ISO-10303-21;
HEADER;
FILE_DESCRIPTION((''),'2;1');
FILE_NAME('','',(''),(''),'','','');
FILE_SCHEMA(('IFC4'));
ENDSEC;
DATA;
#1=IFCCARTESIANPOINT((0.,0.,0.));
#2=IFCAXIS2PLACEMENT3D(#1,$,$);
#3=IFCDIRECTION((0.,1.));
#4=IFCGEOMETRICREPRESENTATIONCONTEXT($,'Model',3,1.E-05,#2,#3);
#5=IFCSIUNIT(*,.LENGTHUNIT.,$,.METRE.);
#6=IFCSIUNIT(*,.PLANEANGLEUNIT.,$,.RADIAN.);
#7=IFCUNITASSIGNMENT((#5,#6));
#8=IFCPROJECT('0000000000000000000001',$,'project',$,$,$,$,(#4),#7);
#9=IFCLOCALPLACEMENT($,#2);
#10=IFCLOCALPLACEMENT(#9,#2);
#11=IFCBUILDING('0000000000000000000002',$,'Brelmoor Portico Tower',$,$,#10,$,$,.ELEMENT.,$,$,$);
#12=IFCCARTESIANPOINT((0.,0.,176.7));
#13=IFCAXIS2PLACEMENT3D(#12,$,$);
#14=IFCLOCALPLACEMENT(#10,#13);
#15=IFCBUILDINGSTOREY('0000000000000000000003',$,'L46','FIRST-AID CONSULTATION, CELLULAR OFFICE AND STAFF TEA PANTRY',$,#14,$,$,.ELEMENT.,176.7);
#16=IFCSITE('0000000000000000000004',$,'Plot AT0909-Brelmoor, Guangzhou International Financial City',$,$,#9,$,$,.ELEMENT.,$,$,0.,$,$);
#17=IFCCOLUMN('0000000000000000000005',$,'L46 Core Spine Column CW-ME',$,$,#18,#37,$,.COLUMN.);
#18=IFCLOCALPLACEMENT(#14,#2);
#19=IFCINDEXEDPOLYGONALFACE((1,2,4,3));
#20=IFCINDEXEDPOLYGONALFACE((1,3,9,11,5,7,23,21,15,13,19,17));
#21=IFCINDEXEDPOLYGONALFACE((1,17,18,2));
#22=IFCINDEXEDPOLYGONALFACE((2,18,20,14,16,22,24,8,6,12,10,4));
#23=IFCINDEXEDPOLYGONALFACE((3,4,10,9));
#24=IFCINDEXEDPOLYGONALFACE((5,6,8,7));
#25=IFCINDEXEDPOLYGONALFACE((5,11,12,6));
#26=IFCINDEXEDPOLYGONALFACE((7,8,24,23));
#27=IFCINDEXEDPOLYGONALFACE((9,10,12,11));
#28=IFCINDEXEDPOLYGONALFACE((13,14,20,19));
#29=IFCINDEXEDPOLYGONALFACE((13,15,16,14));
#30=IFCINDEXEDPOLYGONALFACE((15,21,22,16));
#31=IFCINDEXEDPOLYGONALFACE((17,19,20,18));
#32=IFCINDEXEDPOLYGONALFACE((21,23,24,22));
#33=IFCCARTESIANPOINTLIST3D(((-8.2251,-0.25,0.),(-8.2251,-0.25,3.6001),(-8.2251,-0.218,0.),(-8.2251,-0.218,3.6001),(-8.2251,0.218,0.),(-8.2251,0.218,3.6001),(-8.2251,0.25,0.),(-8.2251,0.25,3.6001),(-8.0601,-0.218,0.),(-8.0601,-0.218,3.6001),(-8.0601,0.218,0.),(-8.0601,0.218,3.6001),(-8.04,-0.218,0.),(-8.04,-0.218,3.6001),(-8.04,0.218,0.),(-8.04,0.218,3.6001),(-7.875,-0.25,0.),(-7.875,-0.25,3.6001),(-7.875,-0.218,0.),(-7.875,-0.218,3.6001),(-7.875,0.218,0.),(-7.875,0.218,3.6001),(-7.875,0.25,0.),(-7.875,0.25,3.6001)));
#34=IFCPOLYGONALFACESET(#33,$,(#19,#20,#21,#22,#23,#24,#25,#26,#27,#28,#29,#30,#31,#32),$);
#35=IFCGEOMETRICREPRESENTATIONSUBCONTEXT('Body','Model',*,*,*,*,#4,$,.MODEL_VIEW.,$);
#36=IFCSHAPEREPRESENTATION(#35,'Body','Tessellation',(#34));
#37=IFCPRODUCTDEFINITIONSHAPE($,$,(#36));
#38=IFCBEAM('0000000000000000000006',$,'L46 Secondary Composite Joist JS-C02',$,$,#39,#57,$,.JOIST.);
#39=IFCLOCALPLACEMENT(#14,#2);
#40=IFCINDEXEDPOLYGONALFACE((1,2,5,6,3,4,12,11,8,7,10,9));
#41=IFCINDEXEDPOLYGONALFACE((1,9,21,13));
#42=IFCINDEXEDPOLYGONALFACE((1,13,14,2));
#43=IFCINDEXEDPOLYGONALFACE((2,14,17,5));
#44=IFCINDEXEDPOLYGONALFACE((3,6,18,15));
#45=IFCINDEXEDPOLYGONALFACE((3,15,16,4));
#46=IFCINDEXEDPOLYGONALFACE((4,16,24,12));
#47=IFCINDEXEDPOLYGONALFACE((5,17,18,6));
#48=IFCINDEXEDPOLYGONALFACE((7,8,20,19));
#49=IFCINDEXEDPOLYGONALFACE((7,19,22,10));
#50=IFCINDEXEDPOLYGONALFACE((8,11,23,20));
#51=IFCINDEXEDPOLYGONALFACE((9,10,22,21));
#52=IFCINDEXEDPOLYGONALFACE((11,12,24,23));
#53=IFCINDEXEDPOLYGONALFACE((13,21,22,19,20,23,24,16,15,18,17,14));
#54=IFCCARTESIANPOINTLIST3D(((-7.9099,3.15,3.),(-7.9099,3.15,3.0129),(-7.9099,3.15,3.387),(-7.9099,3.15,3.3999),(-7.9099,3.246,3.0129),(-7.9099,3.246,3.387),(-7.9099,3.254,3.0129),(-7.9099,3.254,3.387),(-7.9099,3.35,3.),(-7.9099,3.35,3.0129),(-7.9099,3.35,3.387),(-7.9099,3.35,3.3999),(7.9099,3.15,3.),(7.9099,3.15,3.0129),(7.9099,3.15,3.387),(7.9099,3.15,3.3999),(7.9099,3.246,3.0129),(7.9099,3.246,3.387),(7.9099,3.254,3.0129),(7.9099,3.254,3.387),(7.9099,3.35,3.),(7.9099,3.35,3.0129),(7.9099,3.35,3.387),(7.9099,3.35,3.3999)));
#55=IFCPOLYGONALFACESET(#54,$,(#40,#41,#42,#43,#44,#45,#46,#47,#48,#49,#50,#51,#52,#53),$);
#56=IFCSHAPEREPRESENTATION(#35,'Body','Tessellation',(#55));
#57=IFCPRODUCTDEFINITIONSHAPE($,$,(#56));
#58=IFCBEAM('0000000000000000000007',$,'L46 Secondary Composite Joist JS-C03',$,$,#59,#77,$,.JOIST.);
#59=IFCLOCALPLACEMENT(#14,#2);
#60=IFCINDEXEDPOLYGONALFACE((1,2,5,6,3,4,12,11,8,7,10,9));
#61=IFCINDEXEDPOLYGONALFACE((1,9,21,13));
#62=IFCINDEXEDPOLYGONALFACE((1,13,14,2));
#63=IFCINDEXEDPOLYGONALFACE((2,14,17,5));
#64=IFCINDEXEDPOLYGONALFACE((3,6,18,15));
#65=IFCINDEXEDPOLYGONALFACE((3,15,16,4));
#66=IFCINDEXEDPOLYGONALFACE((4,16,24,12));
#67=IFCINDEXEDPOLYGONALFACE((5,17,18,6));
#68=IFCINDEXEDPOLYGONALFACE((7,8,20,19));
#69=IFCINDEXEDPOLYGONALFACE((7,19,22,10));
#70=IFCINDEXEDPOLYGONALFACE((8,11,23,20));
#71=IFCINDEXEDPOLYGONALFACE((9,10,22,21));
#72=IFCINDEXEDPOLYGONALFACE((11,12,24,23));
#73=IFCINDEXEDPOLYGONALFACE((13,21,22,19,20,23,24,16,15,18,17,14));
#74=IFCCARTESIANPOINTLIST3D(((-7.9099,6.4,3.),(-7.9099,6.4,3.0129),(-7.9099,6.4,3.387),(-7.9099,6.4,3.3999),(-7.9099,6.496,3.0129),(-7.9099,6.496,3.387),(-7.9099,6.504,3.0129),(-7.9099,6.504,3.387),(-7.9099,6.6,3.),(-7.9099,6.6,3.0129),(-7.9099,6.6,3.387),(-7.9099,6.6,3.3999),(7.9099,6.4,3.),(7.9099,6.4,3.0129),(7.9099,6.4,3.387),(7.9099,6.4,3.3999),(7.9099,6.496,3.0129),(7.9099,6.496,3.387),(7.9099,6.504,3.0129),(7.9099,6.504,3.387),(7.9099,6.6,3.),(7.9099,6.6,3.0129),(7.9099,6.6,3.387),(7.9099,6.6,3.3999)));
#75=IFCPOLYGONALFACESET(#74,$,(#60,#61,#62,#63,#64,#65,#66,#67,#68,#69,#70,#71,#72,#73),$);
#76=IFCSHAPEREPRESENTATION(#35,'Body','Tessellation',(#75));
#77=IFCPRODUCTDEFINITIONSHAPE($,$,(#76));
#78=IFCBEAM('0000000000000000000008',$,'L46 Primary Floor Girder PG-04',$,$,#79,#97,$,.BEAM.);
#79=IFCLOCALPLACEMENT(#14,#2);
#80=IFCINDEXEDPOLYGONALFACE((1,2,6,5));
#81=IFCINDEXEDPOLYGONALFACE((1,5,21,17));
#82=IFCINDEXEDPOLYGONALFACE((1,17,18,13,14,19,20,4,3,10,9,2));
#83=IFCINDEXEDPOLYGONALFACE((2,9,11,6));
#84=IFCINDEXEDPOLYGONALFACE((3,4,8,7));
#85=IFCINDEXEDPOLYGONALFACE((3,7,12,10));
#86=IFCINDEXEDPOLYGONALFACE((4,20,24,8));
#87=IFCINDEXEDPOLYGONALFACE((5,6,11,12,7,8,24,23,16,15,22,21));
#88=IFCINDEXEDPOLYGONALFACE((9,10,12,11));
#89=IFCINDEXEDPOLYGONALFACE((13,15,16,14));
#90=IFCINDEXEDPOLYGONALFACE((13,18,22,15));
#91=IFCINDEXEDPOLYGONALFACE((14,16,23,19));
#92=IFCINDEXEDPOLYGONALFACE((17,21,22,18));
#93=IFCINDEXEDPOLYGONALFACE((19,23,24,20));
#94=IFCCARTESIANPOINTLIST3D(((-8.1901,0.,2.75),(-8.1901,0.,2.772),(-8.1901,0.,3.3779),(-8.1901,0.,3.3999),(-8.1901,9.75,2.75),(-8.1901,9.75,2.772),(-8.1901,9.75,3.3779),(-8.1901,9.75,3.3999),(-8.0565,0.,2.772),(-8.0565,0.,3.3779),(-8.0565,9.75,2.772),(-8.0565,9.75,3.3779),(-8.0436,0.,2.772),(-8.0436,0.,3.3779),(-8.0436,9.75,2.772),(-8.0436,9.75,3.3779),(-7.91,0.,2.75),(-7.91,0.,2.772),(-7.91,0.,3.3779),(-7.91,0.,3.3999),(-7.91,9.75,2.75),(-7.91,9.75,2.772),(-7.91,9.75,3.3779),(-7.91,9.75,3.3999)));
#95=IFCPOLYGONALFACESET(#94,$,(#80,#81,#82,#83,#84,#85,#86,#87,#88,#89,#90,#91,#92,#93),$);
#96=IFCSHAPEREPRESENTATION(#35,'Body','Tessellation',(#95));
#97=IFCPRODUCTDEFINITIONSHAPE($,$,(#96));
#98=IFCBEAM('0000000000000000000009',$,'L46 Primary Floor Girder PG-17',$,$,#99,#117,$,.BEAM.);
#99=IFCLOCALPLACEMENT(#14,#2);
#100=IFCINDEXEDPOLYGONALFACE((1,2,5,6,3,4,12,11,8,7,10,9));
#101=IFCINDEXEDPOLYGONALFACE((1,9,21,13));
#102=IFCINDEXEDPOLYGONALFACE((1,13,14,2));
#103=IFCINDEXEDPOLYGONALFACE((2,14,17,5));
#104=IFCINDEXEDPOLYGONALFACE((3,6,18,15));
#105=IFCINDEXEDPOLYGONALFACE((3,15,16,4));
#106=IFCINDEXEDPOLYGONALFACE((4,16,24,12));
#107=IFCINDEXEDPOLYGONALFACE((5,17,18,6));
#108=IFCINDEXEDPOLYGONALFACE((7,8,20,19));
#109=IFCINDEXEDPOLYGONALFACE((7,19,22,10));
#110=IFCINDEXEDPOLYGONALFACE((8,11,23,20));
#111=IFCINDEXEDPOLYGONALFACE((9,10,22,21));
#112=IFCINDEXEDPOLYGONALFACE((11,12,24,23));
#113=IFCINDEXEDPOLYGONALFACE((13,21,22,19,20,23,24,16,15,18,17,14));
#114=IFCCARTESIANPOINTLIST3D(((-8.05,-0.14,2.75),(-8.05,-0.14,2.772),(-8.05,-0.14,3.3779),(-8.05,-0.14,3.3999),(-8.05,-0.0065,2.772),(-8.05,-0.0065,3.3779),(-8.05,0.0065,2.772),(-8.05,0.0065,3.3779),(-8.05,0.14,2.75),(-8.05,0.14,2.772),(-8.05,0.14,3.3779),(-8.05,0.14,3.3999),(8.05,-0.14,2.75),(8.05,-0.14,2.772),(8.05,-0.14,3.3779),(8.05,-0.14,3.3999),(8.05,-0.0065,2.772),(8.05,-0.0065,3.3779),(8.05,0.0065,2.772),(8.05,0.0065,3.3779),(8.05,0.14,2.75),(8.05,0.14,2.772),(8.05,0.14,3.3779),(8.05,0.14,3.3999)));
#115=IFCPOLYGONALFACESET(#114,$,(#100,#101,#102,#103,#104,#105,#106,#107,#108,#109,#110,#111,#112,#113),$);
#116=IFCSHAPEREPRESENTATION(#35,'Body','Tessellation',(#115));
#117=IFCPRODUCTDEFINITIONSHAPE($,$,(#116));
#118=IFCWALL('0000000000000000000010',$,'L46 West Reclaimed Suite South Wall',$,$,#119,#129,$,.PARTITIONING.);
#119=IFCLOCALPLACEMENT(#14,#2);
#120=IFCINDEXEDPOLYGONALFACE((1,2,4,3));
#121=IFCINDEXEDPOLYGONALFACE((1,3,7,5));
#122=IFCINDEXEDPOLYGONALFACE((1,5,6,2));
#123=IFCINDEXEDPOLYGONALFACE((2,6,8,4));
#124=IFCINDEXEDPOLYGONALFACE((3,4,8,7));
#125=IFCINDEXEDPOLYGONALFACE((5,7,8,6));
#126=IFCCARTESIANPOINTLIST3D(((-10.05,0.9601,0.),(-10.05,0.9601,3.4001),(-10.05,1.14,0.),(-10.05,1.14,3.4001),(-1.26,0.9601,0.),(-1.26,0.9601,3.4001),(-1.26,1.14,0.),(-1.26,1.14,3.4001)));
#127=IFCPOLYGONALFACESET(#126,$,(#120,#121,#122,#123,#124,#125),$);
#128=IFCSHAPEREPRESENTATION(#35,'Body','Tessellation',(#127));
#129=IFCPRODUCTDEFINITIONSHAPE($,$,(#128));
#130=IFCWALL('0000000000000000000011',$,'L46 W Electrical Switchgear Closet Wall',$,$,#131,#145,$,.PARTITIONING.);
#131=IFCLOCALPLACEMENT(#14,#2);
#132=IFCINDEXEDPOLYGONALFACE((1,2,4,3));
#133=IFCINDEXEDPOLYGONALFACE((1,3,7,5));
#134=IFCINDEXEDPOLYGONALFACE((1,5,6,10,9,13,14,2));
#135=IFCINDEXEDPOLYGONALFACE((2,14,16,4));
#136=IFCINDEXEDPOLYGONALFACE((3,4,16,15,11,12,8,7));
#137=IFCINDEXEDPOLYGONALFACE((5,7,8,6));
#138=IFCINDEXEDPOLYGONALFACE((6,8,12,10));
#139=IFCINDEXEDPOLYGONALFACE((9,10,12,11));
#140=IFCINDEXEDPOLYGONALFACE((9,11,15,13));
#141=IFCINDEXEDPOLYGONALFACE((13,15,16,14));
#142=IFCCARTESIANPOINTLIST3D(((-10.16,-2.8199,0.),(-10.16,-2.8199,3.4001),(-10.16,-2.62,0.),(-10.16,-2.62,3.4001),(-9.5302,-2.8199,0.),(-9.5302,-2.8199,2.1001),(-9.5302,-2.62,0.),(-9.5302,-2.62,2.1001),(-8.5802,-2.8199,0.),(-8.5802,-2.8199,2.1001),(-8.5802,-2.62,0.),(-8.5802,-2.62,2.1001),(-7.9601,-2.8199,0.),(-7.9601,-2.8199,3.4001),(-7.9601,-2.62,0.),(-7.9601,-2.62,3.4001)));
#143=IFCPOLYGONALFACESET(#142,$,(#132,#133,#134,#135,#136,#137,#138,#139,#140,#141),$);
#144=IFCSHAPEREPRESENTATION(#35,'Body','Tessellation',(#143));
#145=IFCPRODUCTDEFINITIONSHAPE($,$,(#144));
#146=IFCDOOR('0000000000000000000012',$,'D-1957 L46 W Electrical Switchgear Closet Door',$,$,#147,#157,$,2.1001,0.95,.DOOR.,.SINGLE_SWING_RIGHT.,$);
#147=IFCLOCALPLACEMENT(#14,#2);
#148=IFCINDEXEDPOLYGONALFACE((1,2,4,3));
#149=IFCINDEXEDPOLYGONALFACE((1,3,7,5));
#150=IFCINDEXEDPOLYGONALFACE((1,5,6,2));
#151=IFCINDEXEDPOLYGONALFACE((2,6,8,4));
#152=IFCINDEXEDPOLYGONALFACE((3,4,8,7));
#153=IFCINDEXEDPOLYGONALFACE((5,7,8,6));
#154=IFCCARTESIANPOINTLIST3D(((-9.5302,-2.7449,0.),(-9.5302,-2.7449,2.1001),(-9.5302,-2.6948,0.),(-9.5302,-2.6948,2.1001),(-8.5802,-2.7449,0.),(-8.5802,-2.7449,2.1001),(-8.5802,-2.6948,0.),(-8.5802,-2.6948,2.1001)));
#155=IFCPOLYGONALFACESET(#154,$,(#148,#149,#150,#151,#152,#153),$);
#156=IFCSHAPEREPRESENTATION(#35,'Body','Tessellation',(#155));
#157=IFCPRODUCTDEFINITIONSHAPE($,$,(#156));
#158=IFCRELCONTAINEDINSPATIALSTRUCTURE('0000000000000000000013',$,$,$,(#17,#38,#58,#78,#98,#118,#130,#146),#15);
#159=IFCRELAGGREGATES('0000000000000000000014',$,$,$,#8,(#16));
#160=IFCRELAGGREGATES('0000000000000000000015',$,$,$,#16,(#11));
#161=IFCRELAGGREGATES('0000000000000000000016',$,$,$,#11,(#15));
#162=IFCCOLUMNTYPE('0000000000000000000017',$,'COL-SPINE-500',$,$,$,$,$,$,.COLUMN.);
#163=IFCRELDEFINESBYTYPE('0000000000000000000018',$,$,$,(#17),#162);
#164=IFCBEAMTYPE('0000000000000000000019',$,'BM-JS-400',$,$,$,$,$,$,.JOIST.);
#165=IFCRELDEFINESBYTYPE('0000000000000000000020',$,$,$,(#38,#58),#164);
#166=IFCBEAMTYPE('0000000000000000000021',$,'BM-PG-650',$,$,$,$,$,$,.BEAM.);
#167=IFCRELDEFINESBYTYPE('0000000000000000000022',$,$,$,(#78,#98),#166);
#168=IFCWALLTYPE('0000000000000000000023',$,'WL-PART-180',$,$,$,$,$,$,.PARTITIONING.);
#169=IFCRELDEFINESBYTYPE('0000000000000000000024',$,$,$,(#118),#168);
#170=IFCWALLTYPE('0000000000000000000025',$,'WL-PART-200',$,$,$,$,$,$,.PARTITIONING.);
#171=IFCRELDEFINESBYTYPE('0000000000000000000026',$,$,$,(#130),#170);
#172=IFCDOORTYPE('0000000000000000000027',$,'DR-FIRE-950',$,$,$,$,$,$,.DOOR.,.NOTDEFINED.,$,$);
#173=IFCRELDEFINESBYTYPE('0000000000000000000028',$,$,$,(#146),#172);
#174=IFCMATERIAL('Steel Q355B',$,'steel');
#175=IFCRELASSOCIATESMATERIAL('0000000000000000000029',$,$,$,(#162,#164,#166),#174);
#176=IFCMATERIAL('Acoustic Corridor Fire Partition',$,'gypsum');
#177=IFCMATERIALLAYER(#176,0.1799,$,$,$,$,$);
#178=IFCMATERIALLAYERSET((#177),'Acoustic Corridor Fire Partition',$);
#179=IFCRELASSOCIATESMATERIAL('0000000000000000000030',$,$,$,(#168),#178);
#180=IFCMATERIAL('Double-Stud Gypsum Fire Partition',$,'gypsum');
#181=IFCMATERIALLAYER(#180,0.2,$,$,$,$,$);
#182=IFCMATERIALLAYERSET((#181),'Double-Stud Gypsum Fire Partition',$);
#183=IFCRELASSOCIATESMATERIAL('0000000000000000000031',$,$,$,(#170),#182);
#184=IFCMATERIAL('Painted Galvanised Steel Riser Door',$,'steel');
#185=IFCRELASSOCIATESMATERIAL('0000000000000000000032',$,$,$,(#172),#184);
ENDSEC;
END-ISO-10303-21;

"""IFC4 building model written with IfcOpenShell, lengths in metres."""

from ifc_helpers import new_model, si_unit, direction, frame, frame_2d, origin, origin_2d, place, context, subcontext, project, spatial, rectangle, i_section, extrude, material, layer, layer_set, material_profile, profile_set, type_object, element, fill, save


model = new_model("IFC4")

# Units and contexts
model_context = context("Model", 3, precision=1e-05, world=origin(), true_north=direction((0.0, 1.0)))
body_context = subcontext(model_context, "Body", "Model", "MODEL_VIEW")
ifc_project = project(units=[si_unit("LENGTHUNIT", "METRE"), si_unit("PLANEANGLEUNIT", "RADIAN")], contexts=[model_context])

# Site, building, storey
site_placement = place(None, origin())
site = spatial("IfcSite", under=ifc_project, at=site_placement, Name="Plot AT0909-Brelmoor, Guangzhou International Financial City", CompositionType="ELEMENT", RefElevation=0.0)
building_placement = place(site_placement, origin())
building = spatial("IfcBuilding", under=site, at=building_placement, Name="Brelmoor Portico Tower", CompositionType="ELEMENT")
storey_placement = place(building_placement, frame((0.0, 0.0, 176.7)))
storey = spatial("IfcBuildingStorey", under=building, at=storey_placement, Name="L46", Description="FIRST-AID CONSULTATION, CELLULAR OFFICE AND STAFF TEA PANTRY", CompositionType="ELEMENT", Elevation=176.7)

# Column
ifc_material_1 = material(Name="Steel Q355B", Category="steel")
ifc_material_profile_1 = material_profile(ifc_material_1, i_section(OverallWidth=0.3501, OverallDepth=0.5, WebThickness=0.02, FlangeThickness=0.032, at=origin_2d()), Name="HW 500x350x20x32")
ifc_profile_set_1 = profile_set([ifc_material_profile_1], Name="Steel Q355B")
column_type = type_object("IfcColumnType", Name="COL-SPINE-500", PredefinedType="COLUMN", material=ifc_profile_set_1)
column_placement = place(storey_placement, frame((-8.05, 0.0, 0.0), z_axis=(0.0, 0.0, 1.0), x_axis=(1.0, 0.0, 0.0)))
element("IfcColumn", 1, at=column_placement, inside=storey, type_object=column_type, Name="L46 Core Spine Column CW-ME", PredefinedType="COLUMN", context=body_context, shape_type="SweptSolid", body=[
    extrude(i_section(OverallWidth=0.3501, OverallDepth=0.5, WebThickness=0.02, FlangeThickness=0.032, at=origin_2d()), origin(), (0.0, 0.0, 1.0), 3.6001),
])

# Beams
ifc_material_profile_2 = material_profile(ifc_material_1, i_section(OverallWidth=0.2, OverallDepth=0.3999, WebThickness=0.0081, FlangeThickness=0.0129, at=origin_2d()), Name="HN 400x200x8x13")
ifc_profile_set_2 = profile_set([ifc_material_profile_2], Name="Steel Q355B")
beam_type_1 = type_object("IfcBeamType", Name="BM-JS-400", PredefinedType="JOIST", material=ifc_profile_set_2)
for number, where, z_axis, x_axis, name in (
    (2, (-7.9099, 3.25, 3.2), (1.0, 0.0, 0.0), (0.0, 1.0, 0.0), "L46 Secondary Composite Joist JS-C02"),
    (3, (-7.9099, 6.5, 3.2), (1.0, 0.0, 0.0), (0.0, 1.0, 0.0), "L46 Secondary Composite Joist JS-C03"),
):
    element("IfcBeam", number, at=place(storey_placement, frame(where, z_axis=z_axis, x_axis=x_axis)), inside=storey, type_object=beam_type_1, Name=name, PredefinedType="JOIST", context=body_context, shape_type="SweptSolid", body=[
        extrude(i_section(OverallWidth=0.2, OverallDepth=0.3999, WebThickness=0.0081, FlangeThickness=0.0129, at=origin_2d()), origin(), (0.0, 0.0, 1.0), 15.8198),
    ])
ifc_material_profile_3 = material_profile(ifc_material_1, i_section(OverallWidth=0.28, OverallDepth=0.6499, WebThickness=0.0129, FlangeThickness=0.022, at=origin_2d()), Name="HN 650x280x13x22")
ifc_profile_set_3 = profile_set([ifc_material_profile_3], Name="Steel Q355B")
beam_type_2 = type_object("IfcBeamType", Name="BM-PG-650", PredefinedType="BEAM", material=ifc_profile_set_3)
beam_1_placement = place(storey_placement, frame((-8.05, 0.0, 3.075), z_axis=(0.0, 1.0, 0.0), x_axis=(-1.0, 0.0, 0.0)))
element("IfcBeam", 4, at=beam_1_placement, inside=storey, type_object=beam_type_2, Name="L46 Primary Floor Girder PG-04", PredefinedType="BEAM", context=body_context, shape_type="SweptSolid", body=[
    extrude(i_section(OverallWidth=0.28, OverallDepth=0.6499, WebThickness=0.0129, FlangeThickness=0.022, at=origin_2d()), origin(), (0.0, 0.0, 1.0), 9.75),
])
beam_2_placement = place(storey_placement, frame((-8.05, 0.0, 3.075), z_axis=(1.0, 0.0, 0.0), x_axis=(0.0, 1.0, 0.0)))
element("IfcBeam", 5, at=beam_2_placement, inside=storey, type_object=beam_type_2, Name="L46 Primary Floor Girder PG-17", PredefinedType="BEAM", context=body_context, shape_type="SweptSolid", body=[
    extrude(i_section(OverallWidth=0.28, OverallDepth=0.6499, WebThickness=0.0129, FlangeThickness=0.022, at=origin_2d()), origin(), (0.0, 0.0, 1.0), 16.1001),
])

# Wall
ifc_material_2 = material(Name="Acoustic Corridor Fire Partition", Category="gypsum")
ifc_layer_1 = layer(ifc_material_2, 0.1799)
ifc_layer_set_1 = layer_set([ifc_layer_1], Name="Acoustic Corridor Fire Partition")
wall_type_1 = type_object("IfcWallType", Name="WL-PART-180", PredefinedType="PARTITIONING", material=ifc_layer_set_1)
wall_1_placement = place(storey_placement, frame((-10.05, 1.05, 0.0), z_axis=(0.0, 0.0, 1.0), x_axis=(1.0, 0.0, 0.0)))
element("IfcWall", 6, at=wall_1_placement, inside=storey, type_object=wall_type_1, Name="L46 West Reclaimed Suite South Wall", PredefinedType="PARTITIONING", context=body_context, shape_type="SweptSolid", body=[
    extrude(rectangle(XDim=8.79, YDim=0.1799, at=frame_2d((4.395, 0.0))), origin(), (0.0, 0.0, 1.0), 3.4001),
])

# Wall, opening, door
ifc_material_3 = material(Name="Double-Stud Gypsum Fire Partition", Category="gypsum")
ifc_layer_2 = layer(ifc_material_3, 0.2)
ifc_layer_set_2 = layer_set([ifc_layer_2], Name="Double-Stud Gypsum Fire Partition")
wall_type_2 = type_object("IfcWallType", Name="WL-PART-200", PredefinedType="PARTITIONING", material=ifc_layer_set_2)
wall_2_placement = place(storey_placement, frame((-7.96, -2.72, 0.0), z_axis=(0.0, 0.0, 1.0), x_axis=(-1.0, 0.0, 0.0)))
wall_2 = element("IfcWall", 7, at=wall_2_placement, inside=storey, type_object=wall_type_2, Name="L46 W Electrical Switchgear Closet Wall", PredefinedType="PARTITIONING", context=body_context, shape_type="SweptSolid", body=[
    extrude(rectangle(XDim=2.2, YDim=0.2, at=frame_2d((1.1001, 0.0))), origin(), (0.0, 0.0, 1.0), 3.4001),
])
opening_1_placement = place(wall_2_placement, frame((0.6201, 0.0, 0.0)))
opening_1 = element("IfcOpeningElement", 8, at=opening_1_placement, cuts=wall_2, PredefinedType="OPENING", context=body_context, shape_type="SweptSolid", body=[
    extrude(rectangle(XDim=0.95, YDim=2.1001, at=frame_2d((0.4751, 1.05))), frame((0.0, 0.1099, 0.0), z_axis=(0.0, -1.0, 0.0), x_axis=(1.0, 0.0, 0.0)), (0.0, 0.0, 1.0), 0.22),
])
ifc_material_4 = material(Name="Painted Galvanised Steel Riser Door", Category="steel")
door_type_1 = type_object("IfcDoorType", Name="DR-FIRE-950", OperationType="NOTDEFINED", PredefinedType="DOOR", material=ifc_material_4)
door_1_placement = place(opening_1_placement, origin())
door_1 = element("IfcDoor", 9, at=door_1_placement, inside=storey, type_object=door_type_1, Name="D-1957 L46 W Electrical Switchgear Closet Door", OperationType="SINGLE_SWING_RIGHT", OverallHeight=2.1001, OverallWidth=0.95, PredefinedType="DOOR", context=body_context, shape_type="SweptSolid", body=[
    extrude(rectangle(XDim=0.95, YDim=2.1001, at=frame_2d((0.4751, 1.05))), frame((0.0, 0.0249, 0.0), z_axis=(0.0, -1.0, 0.0), x_axis=(1.0, 0.0, 0.0)), (0.0, 0.0, 1.0), 0.05),
])
fill(opening_1, door_1)

save(model, "model.ifc")
